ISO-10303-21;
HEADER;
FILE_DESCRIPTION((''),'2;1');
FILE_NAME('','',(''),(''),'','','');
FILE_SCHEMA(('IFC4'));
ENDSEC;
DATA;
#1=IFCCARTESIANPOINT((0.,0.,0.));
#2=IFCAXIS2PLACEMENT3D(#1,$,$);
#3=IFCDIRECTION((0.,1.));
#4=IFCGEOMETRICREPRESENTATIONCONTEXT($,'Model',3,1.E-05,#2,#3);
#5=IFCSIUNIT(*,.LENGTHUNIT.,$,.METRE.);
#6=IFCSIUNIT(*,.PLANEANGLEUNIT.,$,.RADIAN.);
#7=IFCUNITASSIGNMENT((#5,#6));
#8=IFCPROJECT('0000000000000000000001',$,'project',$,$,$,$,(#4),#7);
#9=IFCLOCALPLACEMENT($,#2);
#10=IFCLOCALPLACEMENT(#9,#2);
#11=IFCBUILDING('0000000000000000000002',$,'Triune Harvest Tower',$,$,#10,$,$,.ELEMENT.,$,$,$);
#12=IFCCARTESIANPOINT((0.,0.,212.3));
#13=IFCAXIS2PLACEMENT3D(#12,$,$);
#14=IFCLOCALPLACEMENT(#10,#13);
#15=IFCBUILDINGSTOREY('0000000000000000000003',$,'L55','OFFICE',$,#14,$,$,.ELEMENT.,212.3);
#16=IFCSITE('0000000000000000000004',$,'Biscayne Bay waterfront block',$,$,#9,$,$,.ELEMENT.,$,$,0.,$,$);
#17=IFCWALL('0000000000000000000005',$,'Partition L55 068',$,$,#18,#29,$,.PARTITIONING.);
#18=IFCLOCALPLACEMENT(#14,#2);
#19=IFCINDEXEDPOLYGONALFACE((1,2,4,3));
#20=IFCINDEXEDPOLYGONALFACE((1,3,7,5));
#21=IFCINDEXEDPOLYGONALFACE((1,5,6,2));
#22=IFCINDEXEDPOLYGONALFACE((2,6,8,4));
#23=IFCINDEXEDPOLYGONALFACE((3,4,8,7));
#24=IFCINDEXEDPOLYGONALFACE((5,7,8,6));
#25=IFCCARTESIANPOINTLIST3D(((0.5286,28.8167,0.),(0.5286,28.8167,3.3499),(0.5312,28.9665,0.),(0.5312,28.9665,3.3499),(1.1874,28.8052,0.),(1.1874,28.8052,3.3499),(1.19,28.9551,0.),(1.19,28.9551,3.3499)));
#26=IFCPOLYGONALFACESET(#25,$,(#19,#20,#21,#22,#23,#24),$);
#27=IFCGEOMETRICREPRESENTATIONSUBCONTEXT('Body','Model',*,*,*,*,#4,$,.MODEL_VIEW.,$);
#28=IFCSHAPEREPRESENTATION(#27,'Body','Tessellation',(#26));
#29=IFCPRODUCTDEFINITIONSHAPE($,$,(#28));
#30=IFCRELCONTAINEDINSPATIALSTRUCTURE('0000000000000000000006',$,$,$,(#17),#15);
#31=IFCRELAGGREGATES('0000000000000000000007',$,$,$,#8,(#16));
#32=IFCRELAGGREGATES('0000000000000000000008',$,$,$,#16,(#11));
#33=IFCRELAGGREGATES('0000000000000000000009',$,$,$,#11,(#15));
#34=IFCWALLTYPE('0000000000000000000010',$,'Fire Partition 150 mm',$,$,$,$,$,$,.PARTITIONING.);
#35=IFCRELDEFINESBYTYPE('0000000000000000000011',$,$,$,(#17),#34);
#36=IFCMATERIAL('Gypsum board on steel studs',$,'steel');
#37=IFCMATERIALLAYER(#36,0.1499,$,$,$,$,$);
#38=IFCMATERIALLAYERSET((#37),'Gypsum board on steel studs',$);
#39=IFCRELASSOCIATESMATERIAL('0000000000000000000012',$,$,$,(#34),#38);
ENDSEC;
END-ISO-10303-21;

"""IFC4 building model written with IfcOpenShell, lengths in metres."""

from ifc_helpers import new_model, si_unit, direction, frame, frame_2d, origin, place, context, subcontext, project, spatial, rectangle, extrude, source, transform, mapped, material, layer, layer_set, type_object, element, save


model = new_model("IFC4")

# Units and contexts
model_context = context("Model", 3, precision=1e-05, world=origin(), true_north=direction((0.0, 1.0)))
body_context = subcontext(model_context, "Body", "Model", "MODEL_VIEW")
ifc_project = project(units=[si_unit("LENGTHUNIT", "METRE"), si_unit("PLANEANGLEUNIT", "RADIAN")], contexts=[model_context])

# Site, building, storey
site_placement = place(None, origin())
site = spatial("IfcSite", under=ifc_project, at=site_placement, Name="Biscayne Bay waterfront block", CompositionType="ELEMENT", RefElevation=0.0)
building_placement = place(site_placement, origin())
building = spatial("IfcBuilding", under=site, at=building_placement, Name="Triune Harvest Tower", CompositionType="ELEMENT")
storey_placement = place(building_placement, frame((0.0, 0.0, 212.3)))
storey = spatial("IfcBuildingStorey", under=building, at=storey_placement, Name="L55", Description="OFFICE", CompositionType="ELEMENT", Elevation=212.3)

# Shared definitions
ifc_material_1 = material(Name="Gypsum board on steel studs", Category="steel")
ifc_layer_1 = layer(ifc_material_1, 0.1499)
ifc_layer_set_1 = layer_set([ifc_layer_1], Name="Gypsum board on steel studs")
wall_type_1 = type_object("IfcWallType", Name="Fire Partition 150 mm", PredefinedType="PARTITIONING", material=ifc_layer_set_1)

# Wall
shared_shape_1 = source(origin(), body_context, "Body", "SweptSolid", [
    extrude(rectangle(XDim=0.6589, YDim=0.1499, at=frame_2d((0.3296, 0.0))), origin(), (0.0, 0.0, 1.0), 3.3499),
])
wall_1_placement = place(storey_placement, frame((0.5298, 28.8916, 0.0), z_axis=(0.0, 0.0, 1.0), x_axis=(0.999848, -0.017411, 0.0)))
element("IfcWall", 1, at=wall_1_placement, inside=storey, type_object=wall_type_1, Name="Partition L55 068", PredefinedType="PARTITIONING", context=body_context, shape_type="MappedRepresentation", body=[
    mapped(shared_shape_1, transform((0.0, 0.0, 0.0), scale=1.0)),
])

save(model, "model.ifc")
